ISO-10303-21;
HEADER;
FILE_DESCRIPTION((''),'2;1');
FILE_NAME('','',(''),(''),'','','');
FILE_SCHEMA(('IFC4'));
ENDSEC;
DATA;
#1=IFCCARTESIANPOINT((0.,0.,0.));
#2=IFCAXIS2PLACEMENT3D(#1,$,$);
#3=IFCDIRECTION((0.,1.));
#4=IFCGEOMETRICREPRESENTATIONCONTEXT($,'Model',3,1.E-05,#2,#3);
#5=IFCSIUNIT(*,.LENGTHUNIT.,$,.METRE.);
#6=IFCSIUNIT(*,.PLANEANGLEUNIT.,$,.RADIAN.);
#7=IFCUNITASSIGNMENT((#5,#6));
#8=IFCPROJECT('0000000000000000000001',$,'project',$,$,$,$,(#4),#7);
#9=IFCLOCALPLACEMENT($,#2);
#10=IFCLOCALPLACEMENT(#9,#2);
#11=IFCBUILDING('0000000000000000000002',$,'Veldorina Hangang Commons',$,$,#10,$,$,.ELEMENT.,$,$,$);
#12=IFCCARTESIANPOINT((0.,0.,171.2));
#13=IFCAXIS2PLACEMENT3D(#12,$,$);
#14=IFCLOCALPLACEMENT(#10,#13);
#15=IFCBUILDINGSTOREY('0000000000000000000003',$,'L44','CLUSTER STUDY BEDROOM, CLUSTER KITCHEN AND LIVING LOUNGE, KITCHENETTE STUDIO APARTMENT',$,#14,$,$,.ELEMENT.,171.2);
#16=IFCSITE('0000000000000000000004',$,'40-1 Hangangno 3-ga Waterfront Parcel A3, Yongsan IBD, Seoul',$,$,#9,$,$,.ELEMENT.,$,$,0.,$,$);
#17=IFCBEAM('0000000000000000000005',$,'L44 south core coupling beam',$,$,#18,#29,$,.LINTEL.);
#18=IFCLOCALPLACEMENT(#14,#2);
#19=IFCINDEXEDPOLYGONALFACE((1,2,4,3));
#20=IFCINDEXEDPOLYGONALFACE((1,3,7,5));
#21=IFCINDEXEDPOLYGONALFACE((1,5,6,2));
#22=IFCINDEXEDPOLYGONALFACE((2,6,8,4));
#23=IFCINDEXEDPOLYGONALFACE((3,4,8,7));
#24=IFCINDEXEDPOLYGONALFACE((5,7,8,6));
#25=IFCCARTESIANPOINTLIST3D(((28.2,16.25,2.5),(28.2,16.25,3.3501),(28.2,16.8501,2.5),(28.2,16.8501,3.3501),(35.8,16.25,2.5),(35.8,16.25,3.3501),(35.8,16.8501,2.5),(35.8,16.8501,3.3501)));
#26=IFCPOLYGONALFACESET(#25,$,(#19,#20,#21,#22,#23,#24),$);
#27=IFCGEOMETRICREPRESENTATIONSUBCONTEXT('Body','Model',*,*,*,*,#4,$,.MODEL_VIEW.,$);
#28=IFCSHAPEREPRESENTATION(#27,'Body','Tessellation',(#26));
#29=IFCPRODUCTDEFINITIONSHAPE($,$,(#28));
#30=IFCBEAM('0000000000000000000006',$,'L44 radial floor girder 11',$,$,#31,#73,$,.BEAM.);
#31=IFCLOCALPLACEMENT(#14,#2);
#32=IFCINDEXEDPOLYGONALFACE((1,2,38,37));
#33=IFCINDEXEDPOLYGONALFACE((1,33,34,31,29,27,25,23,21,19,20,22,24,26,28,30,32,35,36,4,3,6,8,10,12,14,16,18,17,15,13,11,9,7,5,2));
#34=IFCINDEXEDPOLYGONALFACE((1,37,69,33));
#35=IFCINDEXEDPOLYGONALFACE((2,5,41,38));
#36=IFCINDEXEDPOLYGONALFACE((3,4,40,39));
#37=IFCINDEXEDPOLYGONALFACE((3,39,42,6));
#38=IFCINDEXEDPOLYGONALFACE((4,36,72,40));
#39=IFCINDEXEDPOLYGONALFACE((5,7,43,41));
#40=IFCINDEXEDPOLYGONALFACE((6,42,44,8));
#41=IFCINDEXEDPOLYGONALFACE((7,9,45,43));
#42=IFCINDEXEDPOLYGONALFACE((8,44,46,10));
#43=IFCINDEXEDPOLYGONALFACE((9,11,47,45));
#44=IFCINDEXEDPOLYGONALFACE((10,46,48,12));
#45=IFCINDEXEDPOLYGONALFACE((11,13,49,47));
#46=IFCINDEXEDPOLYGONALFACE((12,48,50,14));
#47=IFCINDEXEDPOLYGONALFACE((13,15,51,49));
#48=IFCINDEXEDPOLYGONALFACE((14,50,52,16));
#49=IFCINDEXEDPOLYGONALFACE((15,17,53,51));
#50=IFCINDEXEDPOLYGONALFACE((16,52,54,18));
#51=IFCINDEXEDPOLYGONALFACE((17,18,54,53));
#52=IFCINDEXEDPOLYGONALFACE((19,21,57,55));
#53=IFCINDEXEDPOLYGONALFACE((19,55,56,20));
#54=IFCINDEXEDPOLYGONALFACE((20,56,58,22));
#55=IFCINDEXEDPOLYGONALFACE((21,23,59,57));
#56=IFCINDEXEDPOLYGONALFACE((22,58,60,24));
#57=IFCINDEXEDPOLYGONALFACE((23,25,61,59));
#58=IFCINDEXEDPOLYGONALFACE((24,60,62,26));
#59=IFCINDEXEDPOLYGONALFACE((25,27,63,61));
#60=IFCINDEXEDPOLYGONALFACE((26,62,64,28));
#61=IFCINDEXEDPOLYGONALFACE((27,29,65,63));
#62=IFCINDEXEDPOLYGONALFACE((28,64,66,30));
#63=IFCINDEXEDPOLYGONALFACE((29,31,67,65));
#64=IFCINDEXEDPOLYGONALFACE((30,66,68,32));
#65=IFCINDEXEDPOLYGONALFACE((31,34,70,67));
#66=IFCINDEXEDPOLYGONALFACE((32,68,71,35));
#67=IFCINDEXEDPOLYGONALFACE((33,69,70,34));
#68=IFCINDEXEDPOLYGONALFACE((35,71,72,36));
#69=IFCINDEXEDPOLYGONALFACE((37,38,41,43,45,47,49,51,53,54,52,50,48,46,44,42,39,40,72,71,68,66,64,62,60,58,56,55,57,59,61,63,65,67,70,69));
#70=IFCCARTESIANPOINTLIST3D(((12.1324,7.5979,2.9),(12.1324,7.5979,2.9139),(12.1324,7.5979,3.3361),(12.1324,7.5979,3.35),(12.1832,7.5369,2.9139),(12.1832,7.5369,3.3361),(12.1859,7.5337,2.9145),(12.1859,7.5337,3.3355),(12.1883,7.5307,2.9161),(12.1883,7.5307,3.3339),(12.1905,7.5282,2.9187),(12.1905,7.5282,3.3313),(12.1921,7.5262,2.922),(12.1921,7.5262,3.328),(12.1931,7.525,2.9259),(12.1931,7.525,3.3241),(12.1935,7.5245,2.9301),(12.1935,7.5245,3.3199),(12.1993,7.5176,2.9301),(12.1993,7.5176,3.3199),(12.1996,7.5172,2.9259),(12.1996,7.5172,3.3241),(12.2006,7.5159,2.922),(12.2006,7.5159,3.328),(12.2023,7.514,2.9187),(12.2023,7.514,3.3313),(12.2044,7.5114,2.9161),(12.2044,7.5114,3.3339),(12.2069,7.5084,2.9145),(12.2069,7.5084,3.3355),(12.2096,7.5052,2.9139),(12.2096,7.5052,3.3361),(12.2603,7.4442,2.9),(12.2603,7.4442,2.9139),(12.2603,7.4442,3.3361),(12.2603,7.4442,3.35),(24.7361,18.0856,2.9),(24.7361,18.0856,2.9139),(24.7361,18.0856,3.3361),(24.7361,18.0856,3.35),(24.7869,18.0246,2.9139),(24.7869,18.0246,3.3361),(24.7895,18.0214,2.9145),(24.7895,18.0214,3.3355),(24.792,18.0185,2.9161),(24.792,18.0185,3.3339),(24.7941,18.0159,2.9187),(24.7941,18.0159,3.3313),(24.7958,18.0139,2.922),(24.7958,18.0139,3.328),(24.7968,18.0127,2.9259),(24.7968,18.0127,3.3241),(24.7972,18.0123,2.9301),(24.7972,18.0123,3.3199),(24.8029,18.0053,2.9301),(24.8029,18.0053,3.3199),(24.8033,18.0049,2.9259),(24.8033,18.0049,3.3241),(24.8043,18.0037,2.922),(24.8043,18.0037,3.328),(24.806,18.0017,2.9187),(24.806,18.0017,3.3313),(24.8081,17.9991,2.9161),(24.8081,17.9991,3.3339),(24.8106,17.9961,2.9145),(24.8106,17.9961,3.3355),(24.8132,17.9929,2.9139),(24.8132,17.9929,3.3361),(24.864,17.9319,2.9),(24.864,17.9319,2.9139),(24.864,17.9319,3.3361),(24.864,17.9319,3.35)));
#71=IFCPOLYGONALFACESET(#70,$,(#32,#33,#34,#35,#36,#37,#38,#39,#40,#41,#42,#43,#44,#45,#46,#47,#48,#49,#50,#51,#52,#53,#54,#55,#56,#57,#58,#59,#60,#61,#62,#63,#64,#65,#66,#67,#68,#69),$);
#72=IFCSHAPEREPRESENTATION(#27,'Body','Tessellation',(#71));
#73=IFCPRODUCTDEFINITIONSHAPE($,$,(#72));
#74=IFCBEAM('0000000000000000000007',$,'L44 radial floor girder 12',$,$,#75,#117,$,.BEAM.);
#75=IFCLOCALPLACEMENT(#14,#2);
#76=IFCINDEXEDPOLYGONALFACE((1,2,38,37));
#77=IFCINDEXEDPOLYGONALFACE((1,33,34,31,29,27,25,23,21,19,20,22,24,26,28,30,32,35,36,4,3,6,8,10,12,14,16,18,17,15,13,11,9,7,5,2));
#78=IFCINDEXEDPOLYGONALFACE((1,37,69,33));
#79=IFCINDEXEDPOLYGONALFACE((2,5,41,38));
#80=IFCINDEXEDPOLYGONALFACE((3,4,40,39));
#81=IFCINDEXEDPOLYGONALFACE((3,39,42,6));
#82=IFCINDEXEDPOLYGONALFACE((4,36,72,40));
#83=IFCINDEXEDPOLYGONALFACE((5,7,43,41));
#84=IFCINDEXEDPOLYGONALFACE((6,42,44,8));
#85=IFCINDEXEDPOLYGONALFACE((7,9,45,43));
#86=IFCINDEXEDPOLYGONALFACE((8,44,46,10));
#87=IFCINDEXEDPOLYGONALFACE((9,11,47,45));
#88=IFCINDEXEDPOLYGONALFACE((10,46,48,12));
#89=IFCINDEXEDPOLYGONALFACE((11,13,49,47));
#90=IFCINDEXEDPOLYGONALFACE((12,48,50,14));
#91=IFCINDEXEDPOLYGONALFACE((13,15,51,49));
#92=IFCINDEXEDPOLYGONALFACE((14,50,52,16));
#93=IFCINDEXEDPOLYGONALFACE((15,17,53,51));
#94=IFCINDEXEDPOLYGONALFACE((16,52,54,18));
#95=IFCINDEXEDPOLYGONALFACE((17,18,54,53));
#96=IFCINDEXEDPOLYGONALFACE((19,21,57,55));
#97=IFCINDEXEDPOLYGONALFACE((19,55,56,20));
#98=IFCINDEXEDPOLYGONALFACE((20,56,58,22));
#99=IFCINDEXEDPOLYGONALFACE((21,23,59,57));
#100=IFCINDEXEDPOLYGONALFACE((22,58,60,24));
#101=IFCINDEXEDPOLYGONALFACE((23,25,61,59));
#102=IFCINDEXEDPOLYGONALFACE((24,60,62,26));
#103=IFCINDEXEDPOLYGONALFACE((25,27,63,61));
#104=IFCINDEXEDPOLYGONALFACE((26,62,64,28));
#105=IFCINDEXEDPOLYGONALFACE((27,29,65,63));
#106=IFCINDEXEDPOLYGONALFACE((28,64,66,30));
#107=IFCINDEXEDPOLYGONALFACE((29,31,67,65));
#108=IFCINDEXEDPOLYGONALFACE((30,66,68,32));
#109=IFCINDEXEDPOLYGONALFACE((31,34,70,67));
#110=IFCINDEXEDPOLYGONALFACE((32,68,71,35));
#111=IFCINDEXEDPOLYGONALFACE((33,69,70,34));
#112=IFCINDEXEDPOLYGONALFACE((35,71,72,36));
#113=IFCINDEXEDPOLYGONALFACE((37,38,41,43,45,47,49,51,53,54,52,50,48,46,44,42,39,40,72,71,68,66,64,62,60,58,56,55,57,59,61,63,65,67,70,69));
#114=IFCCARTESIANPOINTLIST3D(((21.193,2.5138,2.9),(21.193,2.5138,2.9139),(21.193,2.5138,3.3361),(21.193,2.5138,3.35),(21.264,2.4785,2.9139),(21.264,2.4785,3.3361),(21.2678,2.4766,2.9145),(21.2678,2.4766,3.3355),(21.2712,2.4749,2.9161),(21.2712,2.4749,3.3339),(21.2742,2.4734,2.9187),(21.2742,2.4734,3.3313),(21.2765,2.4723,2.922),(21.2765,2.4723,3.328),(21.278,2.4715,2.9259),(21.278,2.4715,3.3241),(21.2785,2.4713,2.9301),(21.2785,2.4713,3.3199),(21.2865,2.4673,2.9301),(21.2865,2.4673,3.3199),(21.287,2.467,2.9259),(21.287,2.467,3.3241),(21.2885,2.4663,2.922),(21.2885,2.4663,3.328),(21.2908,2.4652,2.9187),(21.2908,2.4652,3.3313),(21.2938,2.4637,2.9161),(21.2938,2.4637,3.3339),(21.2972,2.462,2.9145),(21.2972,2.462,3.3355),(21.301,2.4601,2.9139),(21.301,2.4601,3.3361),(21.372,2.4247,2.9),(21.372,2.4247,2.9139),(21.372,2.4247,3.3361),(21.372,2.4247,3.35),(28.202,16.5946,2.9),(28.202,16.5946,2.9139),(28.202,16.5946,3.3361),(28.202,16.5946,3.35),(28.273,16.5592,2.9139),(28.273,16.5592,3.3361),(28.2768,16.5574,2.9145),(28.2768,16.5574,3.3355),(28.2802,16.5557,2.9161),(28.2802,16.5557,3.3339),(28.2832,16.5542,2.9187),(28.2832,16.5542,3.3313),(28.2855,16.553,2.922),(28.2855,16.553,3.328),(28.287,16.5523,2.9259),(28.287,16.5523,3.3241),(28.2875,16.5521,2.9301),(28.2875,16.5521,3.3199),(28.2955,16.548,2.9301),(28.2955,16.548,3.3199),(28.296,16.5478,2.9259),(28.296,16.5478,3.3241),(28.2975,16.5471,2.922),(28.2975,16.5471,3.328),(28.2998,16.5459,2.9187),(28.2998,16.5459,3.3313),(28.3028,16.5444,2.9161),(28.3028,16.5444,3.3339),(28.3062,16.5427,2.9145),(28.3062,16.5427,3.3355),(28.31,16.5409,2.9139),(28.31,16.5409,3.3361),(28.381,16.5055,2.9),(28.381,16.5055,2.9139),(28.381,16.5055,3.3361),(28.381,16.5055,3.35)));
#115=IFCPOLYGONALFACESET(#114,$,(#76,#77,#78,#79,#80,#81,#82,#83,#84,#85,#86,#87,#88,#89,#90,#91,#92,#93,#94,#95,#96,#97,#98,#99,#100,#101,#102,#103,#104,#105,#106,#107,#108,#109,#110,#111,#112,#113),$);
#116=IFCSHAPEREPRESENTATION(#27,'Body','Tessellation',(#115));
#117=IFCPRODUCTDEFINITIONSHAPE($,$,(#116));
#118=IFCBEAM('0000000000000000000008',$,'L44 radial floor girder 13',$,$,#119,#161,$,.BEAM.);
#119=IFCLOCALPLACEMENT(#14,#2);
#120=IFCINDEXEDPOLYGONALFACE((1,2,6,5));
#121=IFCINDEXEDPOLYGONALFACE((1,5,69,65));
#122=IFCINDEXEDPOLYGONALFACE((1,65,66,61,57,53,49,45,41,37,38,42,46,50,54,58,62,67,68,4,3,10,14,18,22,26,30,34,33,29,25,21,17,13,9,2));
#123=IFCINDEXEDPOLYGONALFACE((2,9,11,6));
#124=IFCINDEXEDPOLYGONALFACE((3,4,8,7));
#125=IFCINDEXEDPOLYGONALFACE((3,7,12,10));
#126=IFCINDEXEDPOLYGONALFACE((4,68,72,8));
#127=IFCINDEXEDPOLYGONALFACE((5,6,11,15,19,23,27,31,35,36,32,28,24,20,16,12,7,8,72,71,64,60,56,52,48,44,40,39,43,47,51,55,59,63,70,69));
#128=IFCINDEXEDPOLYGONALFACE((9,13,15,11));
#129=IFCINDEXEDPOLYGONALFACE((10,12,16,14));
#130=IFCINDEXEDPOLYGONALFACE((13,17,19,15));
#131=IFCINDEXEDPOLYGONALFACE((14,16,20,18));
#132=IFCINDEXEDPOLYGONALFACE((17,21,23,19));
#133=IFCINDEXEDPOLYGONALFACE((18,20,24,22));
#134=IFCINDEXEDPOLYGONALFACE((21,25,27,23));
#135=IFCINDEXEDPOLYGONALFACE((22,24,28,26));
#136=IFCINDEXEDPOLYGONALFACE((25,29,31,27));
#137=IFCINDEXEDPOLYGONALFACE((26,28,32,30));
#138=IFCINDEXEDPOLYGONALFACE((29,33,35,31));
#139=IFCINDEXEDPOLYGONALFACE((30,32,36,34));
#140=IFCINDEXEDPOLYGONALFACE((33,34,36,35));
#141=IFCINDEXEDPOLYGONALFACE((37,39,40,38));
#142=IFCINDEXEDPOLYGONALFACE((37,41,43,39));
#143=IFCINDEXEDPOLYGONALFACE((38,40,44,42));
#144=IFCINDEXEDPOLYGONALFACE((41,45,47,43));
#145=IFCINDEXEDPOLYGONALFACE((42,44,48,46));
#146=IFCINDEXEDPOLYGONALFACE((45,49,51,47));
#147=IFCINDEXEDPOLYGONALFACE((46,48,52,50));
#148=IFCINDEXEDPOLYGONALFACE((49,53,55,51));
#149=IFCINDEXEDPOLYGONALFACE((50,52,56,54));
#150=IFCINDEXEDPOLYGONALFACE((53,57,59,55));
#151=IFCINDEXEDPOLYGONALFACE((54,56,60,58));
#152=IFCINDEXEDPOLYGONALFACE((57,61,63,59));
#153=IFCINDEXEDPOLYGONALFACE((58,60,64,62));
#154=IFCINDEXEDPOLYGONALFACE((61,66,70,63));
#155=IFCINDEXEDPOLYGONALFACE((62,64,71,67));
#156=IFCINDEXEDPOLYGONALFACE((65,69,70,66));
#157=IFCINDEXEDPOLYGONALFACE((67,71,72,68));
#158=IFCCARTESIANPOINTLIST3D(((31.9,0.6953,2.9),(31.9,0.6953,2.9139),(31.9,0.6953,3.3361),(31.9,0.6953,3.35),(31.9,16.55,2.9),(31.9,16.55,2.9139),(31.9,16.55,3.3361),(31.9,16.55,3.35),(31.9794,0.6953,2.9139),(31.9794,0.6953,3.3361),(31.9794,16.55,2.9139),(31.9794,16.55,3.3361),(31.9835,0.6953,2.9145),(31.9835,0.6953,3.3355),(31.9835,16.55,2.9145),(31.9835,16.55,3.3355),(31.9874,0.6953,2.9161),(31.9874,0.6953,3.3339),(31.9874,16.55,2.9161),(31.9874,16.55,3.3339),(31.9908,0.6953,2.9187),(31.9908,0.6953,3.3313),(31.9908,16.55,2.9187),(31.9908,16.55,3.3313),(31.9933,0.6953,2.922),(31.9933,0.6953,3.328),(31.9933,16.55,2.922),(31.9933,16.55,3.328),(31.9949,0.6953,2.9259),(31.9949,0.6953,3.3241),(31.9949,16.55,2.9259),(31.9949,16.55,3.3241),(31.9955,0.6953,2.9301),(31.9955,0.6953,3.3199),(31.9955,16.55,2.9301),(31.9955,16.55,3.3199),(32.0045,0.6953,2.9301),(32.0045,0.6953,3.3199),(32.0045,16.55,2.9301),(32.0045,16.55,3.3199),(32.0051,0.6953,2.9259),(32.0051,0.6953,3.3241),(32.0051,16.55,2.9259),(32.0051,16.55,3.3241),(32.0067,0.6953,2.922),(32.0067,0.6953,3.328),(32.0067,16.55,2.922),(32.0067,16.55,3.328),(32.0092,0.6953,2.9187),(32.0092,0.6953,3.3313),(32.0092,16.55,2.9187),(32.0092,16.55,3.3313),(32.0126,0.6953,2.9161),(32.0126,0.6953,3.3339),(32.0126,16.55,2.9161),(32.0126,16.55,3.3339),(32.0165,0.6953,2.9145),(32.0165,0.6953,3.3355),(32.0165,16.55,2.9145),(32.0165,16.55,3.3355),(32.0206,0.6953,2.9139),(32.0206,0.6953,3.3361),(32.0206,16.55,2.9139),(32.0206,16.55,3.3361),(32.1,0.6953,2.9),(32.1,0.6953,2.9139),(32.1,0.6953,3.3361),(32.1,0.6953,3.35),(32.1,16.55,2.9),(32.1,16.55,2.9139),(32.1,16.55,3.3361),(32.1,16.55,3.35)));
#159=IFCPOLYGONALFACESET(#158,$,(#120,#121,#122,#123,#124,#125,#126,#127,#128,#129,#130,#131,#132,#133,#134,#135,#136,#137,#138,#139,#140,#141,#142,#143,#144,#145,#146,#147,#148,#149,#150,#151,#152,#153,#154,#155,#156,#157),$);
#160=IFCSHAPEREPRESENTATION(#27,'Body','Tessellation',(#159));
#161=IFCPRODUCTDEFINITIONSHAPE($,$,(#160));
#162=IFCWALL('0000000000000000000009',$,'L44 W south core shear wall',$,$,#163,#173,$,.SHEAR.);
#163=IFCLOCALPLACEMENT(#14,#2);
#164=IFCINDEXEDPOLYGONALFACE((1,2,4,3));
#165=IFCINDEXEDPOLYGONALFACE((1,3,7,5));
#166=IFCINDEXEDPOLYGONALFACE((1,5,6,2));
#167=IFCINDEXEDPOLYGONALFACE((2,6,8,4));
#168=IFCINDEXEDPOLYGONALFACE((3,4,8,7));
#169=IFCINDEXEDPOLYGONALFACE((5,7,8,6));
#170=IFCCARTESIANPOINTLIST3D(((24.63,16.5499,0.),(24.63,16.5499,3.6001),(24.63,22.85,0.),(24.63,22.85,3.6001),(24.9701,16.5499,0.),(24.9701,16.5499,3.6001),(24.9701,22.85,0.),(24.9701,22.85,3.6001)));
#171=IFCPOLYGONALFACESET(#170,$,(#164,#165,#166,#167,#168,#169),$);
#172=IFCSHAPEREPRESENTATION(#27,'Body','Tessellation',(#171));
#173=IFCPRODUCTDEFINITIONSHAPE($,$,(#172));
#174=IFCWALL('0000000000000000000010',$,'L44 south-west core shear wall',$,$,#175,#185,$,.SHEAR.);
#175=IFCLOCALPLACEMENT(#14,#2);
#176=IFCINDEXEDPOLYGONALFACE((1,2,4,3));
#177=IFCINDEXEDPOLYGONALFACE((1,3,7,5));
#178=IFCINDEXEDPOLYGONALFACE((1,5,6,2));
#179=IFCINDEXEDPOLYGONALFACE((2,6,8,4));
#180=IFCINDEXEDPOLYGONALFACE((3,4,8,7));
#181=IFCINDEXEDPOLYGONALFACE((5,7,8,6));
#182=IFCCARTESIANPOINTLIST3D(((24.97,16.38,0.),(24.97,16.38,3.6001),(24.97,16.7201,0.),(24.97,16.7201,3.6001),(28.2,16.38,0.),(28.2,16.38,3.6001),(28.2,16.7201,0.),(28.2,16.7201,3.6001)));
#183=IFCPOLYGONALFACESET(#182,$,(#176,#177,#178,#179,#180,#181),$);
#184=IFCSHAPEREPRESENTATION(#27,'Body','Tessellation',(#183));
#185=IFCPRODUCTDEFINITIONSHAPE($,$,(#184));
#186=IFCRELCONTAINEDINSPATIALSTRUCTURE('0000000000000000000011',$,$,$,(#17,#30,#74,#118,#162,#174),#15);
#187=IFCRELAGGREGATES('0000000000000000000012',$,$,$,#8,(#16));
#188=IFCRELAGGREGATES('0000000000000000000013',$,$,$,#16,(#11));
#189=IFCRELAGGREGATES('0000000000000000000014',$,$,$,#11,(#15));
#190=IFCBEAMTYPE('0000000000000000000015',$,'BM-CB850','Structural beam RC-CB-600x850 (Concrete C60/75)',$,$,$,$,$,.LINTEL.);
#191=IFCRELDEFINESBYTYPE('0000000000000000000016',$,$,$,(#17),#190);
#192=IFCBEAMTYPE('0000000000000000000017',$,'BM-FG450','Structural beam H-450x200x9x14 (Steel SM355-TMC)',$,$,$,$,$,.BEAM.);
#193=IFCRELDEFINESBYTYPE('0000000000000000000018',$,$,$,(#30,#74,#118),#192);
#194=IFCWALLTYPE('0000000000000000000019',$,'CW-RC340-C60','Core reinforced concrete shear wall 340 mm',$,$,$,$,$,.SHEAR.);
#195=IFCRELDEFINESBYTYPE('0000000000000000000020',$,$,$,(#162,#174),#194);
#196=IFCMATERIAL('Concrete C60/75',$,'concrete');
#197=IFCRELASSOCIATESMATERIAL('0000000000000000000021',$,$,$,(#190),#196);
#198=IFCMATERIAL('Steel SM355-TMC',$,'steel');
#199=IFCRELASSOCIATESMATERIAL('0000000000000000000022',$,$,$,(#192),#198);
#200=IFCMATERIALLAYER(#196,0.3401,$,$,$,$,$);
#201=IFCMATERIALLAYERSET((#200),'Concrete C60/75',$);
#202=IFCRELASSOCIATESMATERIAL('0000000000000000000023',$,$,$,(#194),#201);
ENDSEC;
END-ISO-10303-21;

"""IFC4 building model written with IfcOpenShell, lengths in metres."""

from ifc_helpers import new_model, si_unit, direction, frame, frame_2d, origin, origin_2d, place, context, subcontext, project, spatial, rectangle, i_section, extrude, material, layer, layer_set, material_profile, profile_set, type_object, element, save


model = new_model("IFC4")

# Units and contexts
model_context = context("Model", 3, precision=1e-05, world=origin(), true_north=direction((0.0, 1.0)))
body_context = subcontext(model_context, "Body", "Model", "MODEL_VIEW")
ifc_project = project(units=[si_unit("LENGTHUNIT", "METRE"), si_unit("PLANEANGLEUNIT", "RADIAN")], contexts=[model_context])

# Site, building, storey
site_placement = place(None, origin())
site = spatial("IfcSite", under=ifc_project, at=site_placement, Name="40-1 Hangangno 3-ga Waterfront Parcel A3, Yongsan IBD, Seoul", CompositionType="ELEMENT", RefElevation=0.0)
building_placement = place(site_placement, origin())
building = spatial("IfcBuilding", under=site, at=building_placement, Name="Veldorina Hangang Commons", CompositionType="ELEMENT")
storey_placement = place(building_placement, frame((0.0, 0.0, 171.2)))
storey = spatial("IfcBuildingStorey", under=building, at=storey_placement, Name="L44", Description="CLUSTER STUDY BEDROOM, CLUSTER KITCHEN AND LIVING LOUNGE, KITCHENETTE STUDIO APARTMENT", CompositionType="ELEMENT", Elevation=171.2)

# Beams
ifc_material_1 = material(Name="Concrete C60/75", Category="concrete")
ifc_material_profile_1 = material_profile(ifc_material_1, rectangle(XDim=0.6001, YDim=0.8501, at=origin_2d()), Name="RC-CB-600x850")
ifc_profile_set_1 = profile_set([ifc_material_profile_1], Name="Concrete C60/75")
beam_type_1 = type_object("IfcBeamType", Name="BM-CB850", Description="Structural beam RC-CB-600x850 (Concrete C60/75)", PredefinedType="LINTEL", material=ifc_profile_set_1)
beam_1_placement = place(storey_placement, frame((28.2, 16.55, 2.925), z_axis=(1.0, 0.0, 0.0), x_axis=(0.0, 1.0, 0.0)))
element("IfcBeam", 1, at=beam_1_placement, inside=storey, type_object=beam_type_1, Name="L44 south core coupling beam", PredefinedType="LINTEL", context=body_context, shape_type="SweptSolid", body=[
    extrude(rectangle(XDim=0.6001, YDim=0.8501, at=origin_2d()), origin(), (0.0, 0.0, 1.0), 7.6001),
])
ifc_material_2 = material(Name="Steel SM355-TMC", Category="steel")
ifc_material_profile_2 = material_profile(ifc_material_2, i_section(OverallWidth=0.2, OverallDepth=0.45, WebThickness=0.009, FlangeThickness=0.0139, FilletRadius=0.0161, at=origin_2d()), Name="H-450x200x9x14")
ifc_profile_set_2 = profile_set([ifc_material_profile_2], Name="Steel SM355-TMC")
beam_type_2 = type_object("IfcBeamType", Name="BM-FG450", Description="Structural beam H-450x200x9x14 (Steel SM355-TMC)", PredefinedType="BEAM", material=ifc_profile_set_2)
beam_2_placement = place(storey_placement, frame((24.8, 18.0088, 3.125), z_axis=(-0.768681, -0.639632, 0.0), x_axis=(0.639632, -0.768681, 0.0)))
element("IfcBeam", 2, at=beam_2_placement, inside=storey, type_object=beam_type_2, Name="L44 radial floor girder 11", PredefinedType="BEAM", context=body_context, shape_type="SweptSolid", body=[
    extrude(i_section(OverallWidth=0.2, OverallDepth=0.45, WebThickness=0.009, FlangeThickness=0.0139, FilletRadius=0.0161, at=origin_2d()), origin(), (0.0, 0.0, 1.0), 16.3965),
])
beam_3_placement = place(storey_placement, frame((28.2915, 16.55, 3.125), z_axis=(-0.445617, -0.895224, 0.0), x_axis=(0.895224, -0.445617, 0.0)))
element("IfcBeam", 3, at=beam_3_placement, inside=storey, type_object=beam_type_2, Name="L44 radial floor girder 12", PredefinedType="BEAM", context=body_context, shape_type="SweptSolid", body=[
    extrude(i_section(OverallWidth=0.2, OverallDepth=0.45, WebThickness=0.009, FlangeThickness=0.0139, FilletRadius=0.0161, at=origin_2d()), origin(), (0.0, 0.0, 1.0), 15.7288),
])
beam_4_placement = place(storey_placement, frame((32.0, 16.55, 3.125), z_axis=(0.0, -1.0, 0.0), x_axis=(1.0, 0.0, 0.0)))
element("IfcBeam", 4, at=beam_4_placement, inside=storey, type_object=beam_type_2, Name="L44 radial floor girder 13", PredefinedType="BEAM", context=body_context, shape_type="SweptSolid", body=[
    extrude(i_section(OverallWidth=0.2, OverallDepth=0.45, WebThickness=0.009, FlangeThickness=0.0139, FilletRadius=0.0161, at=origin_2d()), origin(), (0.0, 0.0, 1.0), 15.8547),
])

# Walls
ifc_layer_1 = layer(ifc_material_1, 0.3401)
ifc_layer_set_1 = layer_set([ifc_layer_1], Name="Concrete C60/75")
wall_type_1 = type_object("IfcWallType", Name="CW-RC340-C60", Description="Core reinforced concrete shear wall 340 mm", PredefinedType="SHEAR", material=ifc_layer_set_1)
wall_1_placement = place(storey_placement, frame((24.8, 16.55, 0.0), z_axis=(0.0, 0.0, 1.0), x_axis=(0.0, 1.0, 0.0)))
element("IfcWall", 5, at=wall_1_placement, inside=storey, type_object=wall_type_1, Name="L44 W south core shear wall", PredefinedType="SHEAR", context=body_context, shape_type="SweptSolid", body=[
    extrude(rectangle(XDim=6.3, YDim=0.3401, at=frame_2d((3.1499, 0.0))), origin(), (0.0, 0.0, 1.0), 3.6001),
])
wall_2_placement = place(storey_placement, frame((24.97, 16.55, 0.0), z_axis=(0.0, 0.0, 1.0), x_axis=(1.0, 0.0, 0.0)))
element("IfcWall", 6, at=wall_2_placement, inside=storey, type_object=wall_type_1, Name="L44 south-west core shear wall", PredefinedType="SHEAR", context=body_context, shape_type="SweptSolid", body=[
    extrude(rectangle(XDim=3.23, YDim=0.3401, at=frame_2d((1.615, 0.0))), origin(), (0.0, 0.0, 1.0), 3.6001),
])

save(model, "model.ifc")
